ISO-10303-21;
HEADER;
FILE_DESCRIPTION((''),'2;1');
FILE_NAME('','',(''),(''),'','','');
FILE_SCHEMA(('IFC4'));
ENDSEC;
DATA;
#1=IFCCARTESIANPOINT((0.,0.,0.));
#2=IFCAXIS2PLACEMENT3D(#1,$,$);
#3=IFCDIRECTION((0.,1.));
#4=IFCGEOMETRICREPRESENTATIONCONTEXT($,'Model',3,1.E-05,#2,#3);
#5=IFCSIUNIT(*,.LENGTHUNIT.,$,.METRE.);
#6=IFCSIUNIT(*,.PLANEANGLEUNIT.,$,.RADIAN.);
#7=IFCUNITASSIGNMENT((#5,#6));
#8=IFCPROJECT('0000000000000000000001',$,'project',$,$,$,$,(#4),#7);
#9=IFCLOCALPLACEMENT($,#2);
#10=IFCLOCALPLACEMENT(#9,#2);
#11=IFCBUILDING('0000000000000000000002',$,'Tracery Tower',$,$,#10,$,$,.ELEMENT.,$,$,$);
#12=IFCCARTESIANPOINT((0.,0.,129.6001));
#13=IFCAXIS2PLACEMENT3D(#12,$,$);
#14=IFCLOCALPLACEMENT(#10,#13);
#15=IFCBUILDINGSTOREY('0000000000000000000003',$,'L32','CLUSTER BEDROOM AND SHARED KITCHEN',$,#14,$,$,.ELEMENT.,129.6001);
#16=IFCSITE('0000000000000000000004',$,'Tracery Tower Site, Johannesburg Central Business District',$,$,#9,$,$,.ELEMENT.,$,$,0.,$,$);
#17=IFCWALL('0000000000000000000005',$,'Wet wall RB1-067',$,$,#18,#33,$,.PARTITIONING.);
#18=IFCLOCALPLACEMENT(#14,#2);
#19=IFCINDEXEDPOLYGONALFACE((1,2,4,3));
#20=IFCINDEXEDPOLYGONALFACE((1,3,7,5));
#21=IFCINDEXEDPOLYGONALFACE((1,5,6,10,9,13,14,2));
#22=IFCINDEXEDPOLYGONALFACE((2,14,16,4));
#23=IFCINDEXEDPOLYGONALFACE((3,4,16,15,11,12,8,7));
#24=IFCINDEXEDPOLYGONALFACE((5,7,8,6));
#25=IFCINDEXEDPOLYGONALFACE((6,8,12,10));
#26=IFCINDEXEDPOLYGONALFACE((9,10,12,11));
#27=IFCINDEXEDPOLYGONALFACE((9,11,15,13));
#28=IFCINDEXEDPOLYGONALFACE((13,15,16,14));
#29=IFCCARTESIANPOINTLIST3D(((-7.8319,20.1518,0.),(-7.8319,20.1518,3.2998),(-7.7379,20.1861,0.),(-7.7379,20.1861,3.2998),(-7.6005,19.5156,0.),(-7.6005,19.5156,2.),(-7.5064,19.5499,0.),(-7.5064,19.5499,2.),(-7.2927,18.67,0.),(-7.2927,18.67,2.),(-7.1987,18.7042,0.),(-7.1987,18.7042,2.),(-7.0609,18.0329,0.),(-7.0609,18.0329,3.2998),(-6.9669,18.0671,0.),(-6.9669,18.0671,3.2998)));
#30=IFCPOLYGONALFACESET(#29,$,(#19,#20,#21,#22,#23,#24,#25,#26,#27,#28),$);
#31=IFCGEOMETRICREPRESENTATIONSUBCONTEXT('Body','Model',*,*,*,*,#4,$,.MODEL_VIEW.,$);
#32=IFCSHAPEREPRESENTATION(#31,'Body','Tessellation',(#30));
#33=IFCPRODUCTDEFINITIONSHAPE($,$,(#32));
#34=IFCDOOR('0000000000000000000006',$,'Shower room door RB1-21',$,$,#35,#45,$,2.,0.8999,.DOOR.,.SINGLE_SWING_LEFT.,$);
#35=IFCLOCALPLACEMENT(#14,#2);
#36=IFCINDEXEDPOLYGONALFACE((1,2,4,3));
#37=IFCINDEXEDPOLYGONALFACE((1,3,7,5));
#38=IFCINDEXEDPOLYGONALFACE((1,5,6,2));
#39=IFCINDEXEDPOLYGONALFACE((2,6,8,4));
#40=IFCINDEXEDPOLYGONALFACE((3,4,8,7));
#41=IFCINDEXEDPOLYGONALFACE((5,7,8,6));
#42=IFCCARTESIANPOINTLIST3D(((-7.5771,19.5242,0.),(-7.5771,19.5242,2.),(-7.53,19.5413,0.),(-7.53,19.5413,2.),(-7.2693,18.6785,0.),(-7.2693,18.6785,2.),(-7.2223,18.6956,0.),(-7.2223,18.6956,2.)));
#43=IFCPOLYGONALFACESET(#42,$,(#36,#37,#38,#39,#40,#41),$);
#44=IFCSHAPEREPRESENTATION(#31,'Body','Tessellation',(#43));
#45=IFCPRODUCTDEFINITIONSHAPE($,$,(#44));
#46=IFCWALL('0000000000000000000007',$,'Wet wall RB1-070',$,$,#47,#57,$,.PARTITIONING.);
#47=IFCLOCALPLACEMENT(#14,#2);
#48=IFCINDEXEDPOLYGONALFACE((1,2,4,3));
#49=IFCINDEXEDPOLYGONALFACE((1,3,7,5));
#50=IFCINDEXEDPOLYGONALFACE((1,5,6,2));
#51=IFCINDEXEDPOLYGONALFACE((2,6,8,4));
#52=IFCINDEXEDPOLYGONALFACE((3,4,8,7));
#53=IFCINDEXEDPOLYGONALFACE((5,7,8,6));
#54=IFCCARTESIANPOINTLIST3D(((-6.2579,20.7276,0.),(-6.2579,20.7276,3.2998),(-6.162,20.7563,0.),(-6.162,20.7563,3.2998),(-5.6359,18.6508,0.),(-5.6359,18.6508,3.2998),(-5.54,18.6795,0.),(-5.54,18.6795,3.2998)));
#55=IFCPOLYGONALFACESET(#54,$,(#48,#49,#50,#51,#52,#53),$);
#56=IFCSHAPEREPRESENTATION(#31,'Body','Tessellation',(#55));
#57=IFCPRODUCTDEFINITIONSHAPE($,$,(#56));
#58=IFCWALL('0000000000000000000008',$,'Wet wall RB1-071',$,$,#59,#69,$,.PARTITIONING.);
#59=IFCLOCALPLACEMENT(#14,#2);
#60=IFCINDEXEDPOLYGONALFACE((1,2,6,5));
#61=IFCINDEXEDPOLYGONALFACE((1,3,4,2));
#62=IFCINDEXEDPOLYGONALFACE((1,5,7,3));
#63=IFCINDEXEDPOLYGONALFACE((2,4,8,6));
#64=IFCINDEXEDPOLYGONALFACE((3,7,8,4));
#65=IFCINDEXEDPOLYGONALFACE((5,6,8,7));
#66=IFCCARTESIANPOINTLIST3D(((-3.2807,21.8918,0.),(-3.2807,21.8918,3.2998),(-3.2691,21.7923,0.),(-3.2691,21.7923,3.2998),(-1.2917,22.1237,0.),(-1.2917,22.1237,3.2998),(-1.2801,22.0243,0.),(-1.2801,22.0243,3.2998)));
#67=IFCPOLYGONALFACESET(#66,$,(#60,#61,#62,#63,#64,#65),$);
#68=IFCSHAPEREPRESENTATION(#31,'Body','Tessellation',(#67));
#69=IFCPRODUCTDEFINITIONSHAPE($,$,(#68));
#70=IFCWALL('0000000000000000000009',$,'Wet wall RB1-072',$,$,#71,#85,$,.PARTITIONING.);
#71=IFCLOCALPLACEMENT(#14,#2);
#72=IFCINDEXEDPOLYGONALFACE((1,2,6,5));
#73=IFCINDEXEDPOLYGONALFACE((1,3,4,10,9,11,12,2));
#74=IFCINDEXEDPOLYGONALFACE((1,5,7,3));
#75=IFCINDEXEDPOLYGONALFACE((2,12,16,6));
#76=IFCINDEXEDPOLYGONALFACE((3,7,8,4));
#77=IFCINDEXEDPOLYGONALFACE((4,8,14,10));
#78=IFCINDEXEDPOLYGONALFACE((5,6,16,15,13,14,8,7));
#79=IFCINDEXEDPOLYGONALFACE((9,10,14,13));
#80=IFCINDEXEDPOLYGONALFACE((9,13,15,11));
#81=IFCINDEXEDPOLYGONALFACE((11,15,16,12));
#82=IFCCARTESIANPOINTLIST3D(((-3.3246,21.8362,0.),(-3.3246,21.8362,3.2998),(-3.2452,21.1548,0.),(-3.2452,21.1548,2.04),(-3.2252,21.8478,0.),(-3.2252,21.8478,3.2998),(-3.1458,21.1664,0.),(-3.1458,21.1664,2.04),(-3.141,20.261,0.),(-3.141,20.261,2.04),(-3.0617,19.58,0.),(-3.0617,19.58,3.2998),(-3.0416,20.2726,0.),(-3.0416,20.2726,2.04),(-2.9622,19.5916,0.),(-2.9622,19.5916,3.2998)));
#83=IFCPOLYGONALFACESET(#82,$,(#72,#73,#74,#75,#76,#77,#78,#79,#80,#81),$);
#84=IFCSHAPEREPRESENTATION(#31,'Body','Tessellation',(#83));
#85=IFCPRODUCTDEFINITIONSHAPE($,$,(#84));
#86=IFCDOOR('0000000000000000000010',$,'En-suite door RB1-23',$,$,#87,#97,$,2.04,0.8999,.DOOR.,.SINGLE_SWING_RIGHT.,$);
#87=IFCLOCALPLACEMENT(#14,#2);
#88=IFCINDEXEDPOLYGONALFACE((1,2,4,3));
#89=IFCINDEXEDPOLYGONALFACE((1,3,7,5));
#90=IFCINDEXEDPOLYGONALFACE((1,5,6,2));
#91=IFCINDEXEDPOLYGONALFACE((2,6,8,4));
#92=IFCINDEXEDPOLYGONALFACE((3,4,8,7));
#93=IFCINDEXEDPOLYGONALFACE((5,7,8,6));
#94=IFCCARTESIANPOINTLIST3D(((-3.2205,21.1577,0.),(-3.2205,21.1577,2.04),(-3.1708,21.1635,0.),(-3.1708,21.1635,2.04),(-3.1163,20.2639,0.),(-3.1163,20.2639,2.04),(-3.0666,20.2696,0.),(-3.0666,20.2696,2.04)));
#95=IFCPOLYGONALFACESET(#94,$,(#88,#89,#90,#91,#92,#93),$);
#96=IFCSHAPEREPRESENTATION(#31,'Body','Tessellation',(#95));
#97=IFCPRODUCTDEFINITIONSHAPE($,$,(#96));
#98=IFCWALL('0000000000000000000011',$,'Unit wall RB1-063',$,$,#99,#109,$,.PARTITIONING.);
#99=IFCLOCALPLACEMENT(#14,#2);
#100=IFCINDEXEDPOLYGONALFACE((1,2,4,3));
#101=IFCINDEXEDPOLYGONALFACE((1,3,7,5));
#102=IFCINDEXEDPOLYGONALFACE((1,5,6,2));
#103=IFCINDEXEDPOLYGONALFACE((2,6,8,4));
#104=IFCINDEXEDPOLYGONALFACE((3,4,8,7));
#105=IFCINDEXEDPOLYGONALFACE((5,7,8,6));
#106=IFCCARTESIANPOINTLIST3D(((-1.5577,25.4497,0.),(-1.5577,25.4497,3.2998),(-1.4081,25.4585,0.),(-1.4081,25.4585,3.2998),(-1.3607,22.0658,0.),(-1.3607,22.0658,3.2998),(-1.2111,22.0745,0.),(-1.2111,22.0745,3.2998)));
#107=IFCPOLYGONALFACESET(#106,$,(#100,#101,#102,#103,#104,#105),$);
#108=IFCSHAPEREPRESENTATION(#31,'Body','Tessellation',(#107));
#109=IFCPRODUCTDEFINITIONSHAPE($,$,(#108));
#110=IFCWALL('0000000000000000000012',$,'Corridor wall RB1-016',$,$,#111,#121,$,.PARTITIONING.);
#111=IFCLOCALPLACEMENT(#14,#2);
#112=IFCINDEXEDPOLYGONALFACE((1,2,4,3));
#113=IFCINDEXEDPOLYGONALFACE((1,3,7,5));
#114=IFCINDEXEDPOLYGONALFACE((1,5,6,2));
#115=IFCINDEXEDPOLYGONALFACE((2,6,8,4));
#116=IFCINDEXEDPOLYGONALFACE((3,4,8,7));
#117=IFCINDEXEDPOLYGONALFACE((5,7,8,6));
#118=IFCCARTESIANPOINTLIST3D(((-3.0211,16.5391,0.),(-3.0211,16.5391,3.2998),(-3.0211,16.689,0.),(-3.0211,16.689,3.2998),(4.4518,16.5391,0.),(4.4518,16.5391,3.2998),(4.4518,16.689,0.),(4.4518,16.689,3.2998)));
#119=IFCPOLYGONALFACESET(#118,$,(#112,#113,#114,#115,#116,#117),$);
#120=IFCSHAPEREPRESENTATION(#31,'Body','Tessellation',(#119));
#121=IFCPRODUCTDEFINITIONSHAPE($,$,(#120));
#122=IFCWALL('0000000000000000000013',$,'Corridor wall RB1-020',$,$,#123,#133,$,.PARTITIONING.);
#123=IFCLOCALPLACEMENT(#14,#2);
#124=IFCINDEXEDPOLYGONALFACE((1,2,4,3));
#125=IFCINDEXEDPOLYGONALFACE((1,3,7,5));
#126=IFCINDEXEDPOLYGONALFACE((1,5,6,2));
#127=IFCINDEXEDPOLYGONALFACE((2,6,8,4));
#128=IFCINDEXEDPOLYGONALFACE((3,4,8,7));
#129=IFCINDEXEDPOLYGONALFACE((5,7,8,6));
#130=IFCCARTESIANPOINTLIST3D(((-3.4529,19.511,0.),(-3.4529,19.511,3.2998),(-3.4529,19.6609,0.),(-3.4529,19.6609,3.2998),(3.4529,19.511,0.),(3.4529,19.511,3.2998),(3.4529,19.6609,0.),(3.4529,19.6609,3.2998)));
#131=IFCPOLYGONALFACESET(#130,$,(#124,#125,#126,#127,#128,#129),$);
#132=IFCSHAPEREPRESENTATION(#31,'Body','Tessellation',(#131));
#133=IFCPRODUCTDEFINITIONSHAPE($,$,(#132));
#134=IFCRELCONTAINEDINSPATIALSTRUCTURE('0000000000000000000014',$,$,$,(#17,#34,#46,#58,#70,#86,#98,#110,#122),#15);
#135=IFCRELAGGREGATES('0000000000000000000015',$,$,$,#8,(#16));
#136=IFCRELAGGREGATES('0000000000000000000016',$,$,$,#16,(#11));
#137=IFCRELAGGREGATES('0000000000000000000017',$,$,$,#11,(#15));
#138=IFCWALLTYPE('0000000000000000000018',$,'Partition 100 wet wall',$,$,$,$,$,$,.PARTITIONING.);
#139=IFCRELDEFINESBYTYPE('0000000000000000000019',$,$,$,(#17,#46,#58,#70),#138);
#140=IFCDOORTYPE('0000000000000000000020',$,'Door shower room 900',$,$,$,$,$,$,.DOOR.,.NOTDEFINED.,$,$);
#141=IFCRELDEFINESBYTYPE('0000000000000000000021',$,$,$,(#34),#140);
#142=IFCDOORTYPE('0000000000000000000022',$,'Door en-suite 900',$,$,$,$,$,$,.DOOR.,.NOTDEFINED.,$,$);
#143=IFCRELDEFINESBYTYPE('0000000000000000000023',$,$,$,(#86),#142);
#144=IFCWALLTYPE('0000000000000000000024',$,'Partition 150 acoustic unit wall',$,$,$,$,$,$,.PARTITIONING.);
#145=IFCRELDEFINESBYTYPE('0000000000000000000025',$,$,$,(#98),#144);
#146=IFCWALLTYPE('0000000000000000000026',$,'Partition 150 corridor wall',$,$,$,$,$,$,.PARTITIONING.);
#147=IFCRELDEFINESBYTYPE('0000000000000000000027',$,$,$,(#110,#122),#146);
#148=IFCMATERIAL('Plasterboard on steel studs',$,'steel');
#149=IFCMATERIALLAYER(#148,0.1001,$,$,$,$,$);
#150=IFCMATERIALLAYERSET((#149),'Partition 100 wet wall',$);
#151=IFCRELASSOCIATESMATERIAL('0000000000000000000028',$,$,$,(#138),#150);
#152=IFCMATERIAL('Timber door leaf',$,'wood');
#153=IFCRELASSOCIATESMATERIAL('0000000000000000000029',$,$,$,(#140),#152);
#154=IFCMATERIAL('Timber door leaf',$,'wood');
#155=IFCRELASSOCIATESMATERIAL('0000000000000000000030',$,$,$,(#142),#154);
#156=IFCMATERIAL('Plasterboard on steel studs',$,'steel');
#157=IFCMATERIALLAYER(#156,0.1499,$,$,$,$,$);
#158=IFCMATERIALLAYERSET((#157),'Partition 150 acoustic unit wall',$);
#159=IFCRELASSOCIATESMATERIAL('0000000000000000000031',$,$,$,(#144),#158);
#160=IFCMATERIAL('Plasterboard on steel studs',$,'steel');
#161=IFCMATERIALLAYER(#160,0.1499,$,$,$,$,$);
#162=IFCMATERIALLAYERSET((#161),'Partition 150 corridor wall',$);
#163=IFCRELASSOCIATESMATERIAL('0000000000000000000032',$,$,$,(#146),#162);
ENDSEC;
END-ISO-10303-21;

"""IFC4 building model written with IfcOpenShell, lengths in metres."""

from ifc_helpers import new_model, si_unit, direction, frame, frame_2d, origin, place, context, subcontext, project, spatial, rectangle, extrude, material, layer, layer_set, type_object, element, fill, save


model = new_model("IFC4")

# Units and contexts
model_context = context("Model", 3, precision=1e-05, world=origin(), true_north=direction((0.0, 1.0)))
body_context = subcontext(model_context, "Body", "Model", "MODEL_VIEW")
ifc_project = project(units=[si_unit("LENGTHUNIT", "METRE"), si_unit("PLANEANGLEUNIT", "RADIAN")], contexts=[model_context])

# Site, building, storey
site_placement = place(None, origin())
site = spatial("IfcSite", under=ifc_project, at=site_placement, Name="Tracery Tower Site, Johannesburg Central Business District", CompositionType="ELEMENT", RefElevation=0.0)
building_placement = place(site_placement, origin())
building = spatial("IfcBuilding", under=site, at=building_placement, Name="Tracery Tower", CompositionType="ELEMENT")
storey_placement = place(building_placement, frame((0.0, 0.0, 129.6001)))
storey = spatial("IfcBuildingStorey", under=building, at=storey_placement, Name="L32", Description="CLUSTER BEDROOM AND SHARED KITCHEN", CompositionType="ELEMENT", Elevation=129.6001)

# Shared definitions
ifc_material_1 = material(Name="Plasterboard on steel studs", Category="steel")
ifc_layer_1 = layer(ifc_material_1, 0.1001)
ifc_layer_set_1 = layer_set([ifc_layer_1], Name="Partition 100 wet wall")
wall_type_1 = type_object("IfcWallType", Name="Partition 100 wet wall", PredefinedType="PARTITIONING", material=ifc_layer_set_1)

# Wall, opening, door
wall_1_placement = place(storey_placement, frame((-7.7849, 20.1689, 0.0), z_axis=(0.0, 0.0, 1.0), x_axis=(0.341934, -0.939724, 0.0)))
wall_1 = element("IfcWall", 1, at=wall_1_placement, inside=storey, type_object=wall_type_1, Name="Wet wall RB1-067", PredefinedType="PARTITIONING", context=body_context, shape_type="SweptSolid", body=[
    extrude(rectangle(XDim=2.2549, YDim=0.1001, at=frame_2d((1.1274, 0.0))), origin(), (0.0, 0.0, 1.0), 3.2998),
])
opening_1_placement = place(wall_1_placement, frame((0.677, 0.0, 0.0)))
opening_1 = element("IfcOpeningElement", 2, at=opening_1_placement, cuts=wall_1, PredefinedType="OPENING", context=body_context, shape_type="SweptSolid", body=[
    extrude(rectangle(XDim=0.8999, YDim=2.0, at=frame_2d((0.45, 1.0))), frame((0.0, 0.05, 0.0), z_axis=(0.0, -1.0, 0.0), x_axis=(1.0, 0.0, 0.0)), (0.0, 0.0, 1.0), 0.1001),
])
ifc_material_2 = material(Name="Timber door leaf", Category="wood")
door_type_1 = type_object("IfcDoorType", Name="Door shower room 900", OperationType="NOTDEFINED", PredefinedType="DOOR", material=ifc_material_2)
door_1_placement = place(opening_1_placement, origin())
door_1 = element("IfcDoor", 3, at=door_1_placement, inside=storey, type_object=door_type_1, Name="Shower room door RB1-21", OperationType="SINGLE_SWING_LEFT", OverallHeight=2.0, OverallWidth=0.8999, PredefinedType="DOOR", context=body_context, shape_type="SweptSolid", body=[
    extrude(rectangle(XDim=0.8999, YDim=2.0, at=frame_2d((0.45, 1.0))), frame((0.0, 0.0249, 0.0), z_axis=(0.0, -1.0, 0.0), x_axis=(1.0, 0.0, 0.0)), (0.0, 0.0, 1.0), 0.05),
])
fill(opening_1, door_1)

# Walls
wall_2_placement = place(storey_placement, frame((-6.21, 20.7419, 0.0), z_axis=(0.0, 0.0, 1.0), x_axis=(0.286924, -0.957953, 0.0)))
element("IfcWall", 4, at=wall_2_placement, inside=storey, type_object=wall_type_1, Name="Wet wall RB1-070", PredefinedType="PARTITIONING", context=body_context, shape_type="SweptSolid", body=[
    extrude(rectangle(XDim=2.168, YDim=0.1001, at=frame_2d((1.084, 0.0))), origin(), (0.0, 0.0, 1.0), 3.2998),
])
wall_3_placement = place(storey_placement, frame((-3.2749, 21.842, 0.0), z_axis=(0.0, 0.0, 1.0), x_axis=(0.99327, 0.115823, 0.0)))
element("IfcWall", 5, at=wall_3_placement, inside=storey, type_object=wall_type_1, Name="Wet wall RB1-071", PredefinedType="PARTITIONING", context=body_context, shape_type="SweptSolid", body=[
    extrude(rectangle(XDim=2.0024, YDim=0.1001, at=frame_2d((1.0012, 0.0))), origin(), (0.0, 0.0, 1.0), 3.2998),
])

# Wall, opening, door
wall_4_placement = place(storey_placement, frame((-3.2749, 21.842, 0.0), z_axis=(0.0, 0.0, 1.0), x_axis=(0.115762, -0.993277, 0.0)))
wall_4 = element("IfcWall", 6, at=wall_4_placement, inside=storey, type_object=wall_type_1, Name="Wet wall RB1-072", PredefinedType="PARTITIONING", context=body_context, shape_type="SweptSolid", body=[
    extrude(rectangle(XDim=2.2715, YDim=0.1001, at=frame_2d((1.1357, 0.0))), origin(), (0.0, 0.0, 1.0), 3.2998),
])
opening_2_placement = place(wall_4_placement, frame((0.686, 0.0, 0.0)))
opening_2 = element("IfcOpeningElement", 7, at=opening_2_placement, cuts=wall_4, PredefinedType="OPENING", context=body_context, shape_type="SweptSolid", body=[
    extrude(rectangle(XDim=0.8999, YDim=2.04, at=frame_2d((0.45, 1.02))), frame((0.0, 0.05, 0.0), z_axis=(0.0, -1.0, 0.0), x_axis=(1.0, 0.0, 0.0)), (0.0, 0.0, 1.0), 0.1001),
])
ifc_material_3 = material(Name="Timber door leaf", Category="wood")
door_type_2 = type_object("IfcDoorType", Name="Door en-suite 900", OperationType="NOTDEFINED", PredefinedType="DOOR", material=ifc_material_3)
door_2_placement = place(opening_2_placement, origin())
door_2 = element("IfcDoor", 8, at=door_2_placement, inside=storey, type_object=door_type_2, Name="En-suite door RB1-23", OperationType="SINGLE_SWING_RIGHT", OverallHeight=2.04, OverallWidth=0.8999, PredefinedType="DOOR", context=body_context, shape_type="SweptSolid", body=[
    extrude(rectangle(XDim=0.8999, YDim=2.04, at=frame_2d((0.45, 1.02))), frame((0.0, 0.0249, 0.0), z_axis=(0.0, -1.0, 0.0), x_axis=(1.0, 0.0, 0.0)), (0.0, 0.0, 1.0), 0.05),
])
fill(opening_2, door_2)

# Walls
ifc_material_4 = material(Name="Plasterboard on steel studs", Category="steel")
ifc_layer_2 = layer(ifc_material_4, 0.1499)
ifc_layer_set_2 = layer_set([ifc_layer_2], Name="Partition 150 acoustic unit wall")
wall_type_2 = type_object("IfcWallType", Name="Partition 150 acoustic unit wall", PredefinedType="PARTITIONING", material=ifc_layer_set_2)
wall_5_placement = place(storey_placement, frame((-1.4829, 25.4541, 0.0), z_axis=(0.0, 0.0, 1.0), x_axis=(0.058122, -0.998309, 0.0)))
element("IfcWall", 9, at=wall_5_placement, inside=storey, type_object=wall_type_2, Name="Unit wall RB1-063", PredefinedType="PARTITIONING", context=body_context, shape_type="SweptSolid", body=[
    extrude(rectangle(XDim=3.3896, YDim=0.1499, at=frame_2d((1.6948, 0.0))), origin(), (0.0, 0.0, 1.0), 3.2998),
])
ifc_material_5 = material(Name="Plasterboard on steel studs", Category="steel")
ifc_layer_3 = layer(ifc_material_5, 0.1499)
ifc_layer_set_3 = layer_set([ifc_layer_3], Name="Partition 150 corridor wall")
wall_type_3 = type_object("IfcWallType", Name="Partition 150 corridor wall", PredefinedType="PARTITIONING", material=ifc_layer_set_3)
wall_6_placement = place(storey_placement, frame((-3.021, 16.614, 0.0), z_axis=(0.0, 0.0, 1.0), x_axis=(1.0, 0.0, 0.0)))
element("IfcWall", 10, at=wall_6_placement, inside=storey, type_object=wall_type_3, Name="Corridor wall RB1-016", PredefinedType="PARTITIONING", context=body_context, shape_type="SweptSolid", body=[
    extrude(rectangle(XDim=7.4729, YDim=0.1499, at=frame_2d((3.7363, 0.0))), origin(), (0.0, 0.0, 1.0), 3.2998),
])
wall_7_placement = place(storey_placement, frame((-3.4529, 19.5859, 0.0), z_axis=(0.0, 0.0, 1.0), x_axis=(1.0, 0.0, 0.0)))
element("IfcWall", 11, at=wall_7_placement, inside=storey, type_object=wall_type_3, Name="Corridor wall RB1-020", PredefinedType="PARTITIONING", context=body_context, shape_type="SweptSolid", body=[
    extrude(rectangle(XDim=6.9058, YDim=0.1499, at=frame_2d((3.4529, 0.0))), origin(), (0.0, 0.0, 1.0), 3.2998),
])

save(model, "model.ifc")
